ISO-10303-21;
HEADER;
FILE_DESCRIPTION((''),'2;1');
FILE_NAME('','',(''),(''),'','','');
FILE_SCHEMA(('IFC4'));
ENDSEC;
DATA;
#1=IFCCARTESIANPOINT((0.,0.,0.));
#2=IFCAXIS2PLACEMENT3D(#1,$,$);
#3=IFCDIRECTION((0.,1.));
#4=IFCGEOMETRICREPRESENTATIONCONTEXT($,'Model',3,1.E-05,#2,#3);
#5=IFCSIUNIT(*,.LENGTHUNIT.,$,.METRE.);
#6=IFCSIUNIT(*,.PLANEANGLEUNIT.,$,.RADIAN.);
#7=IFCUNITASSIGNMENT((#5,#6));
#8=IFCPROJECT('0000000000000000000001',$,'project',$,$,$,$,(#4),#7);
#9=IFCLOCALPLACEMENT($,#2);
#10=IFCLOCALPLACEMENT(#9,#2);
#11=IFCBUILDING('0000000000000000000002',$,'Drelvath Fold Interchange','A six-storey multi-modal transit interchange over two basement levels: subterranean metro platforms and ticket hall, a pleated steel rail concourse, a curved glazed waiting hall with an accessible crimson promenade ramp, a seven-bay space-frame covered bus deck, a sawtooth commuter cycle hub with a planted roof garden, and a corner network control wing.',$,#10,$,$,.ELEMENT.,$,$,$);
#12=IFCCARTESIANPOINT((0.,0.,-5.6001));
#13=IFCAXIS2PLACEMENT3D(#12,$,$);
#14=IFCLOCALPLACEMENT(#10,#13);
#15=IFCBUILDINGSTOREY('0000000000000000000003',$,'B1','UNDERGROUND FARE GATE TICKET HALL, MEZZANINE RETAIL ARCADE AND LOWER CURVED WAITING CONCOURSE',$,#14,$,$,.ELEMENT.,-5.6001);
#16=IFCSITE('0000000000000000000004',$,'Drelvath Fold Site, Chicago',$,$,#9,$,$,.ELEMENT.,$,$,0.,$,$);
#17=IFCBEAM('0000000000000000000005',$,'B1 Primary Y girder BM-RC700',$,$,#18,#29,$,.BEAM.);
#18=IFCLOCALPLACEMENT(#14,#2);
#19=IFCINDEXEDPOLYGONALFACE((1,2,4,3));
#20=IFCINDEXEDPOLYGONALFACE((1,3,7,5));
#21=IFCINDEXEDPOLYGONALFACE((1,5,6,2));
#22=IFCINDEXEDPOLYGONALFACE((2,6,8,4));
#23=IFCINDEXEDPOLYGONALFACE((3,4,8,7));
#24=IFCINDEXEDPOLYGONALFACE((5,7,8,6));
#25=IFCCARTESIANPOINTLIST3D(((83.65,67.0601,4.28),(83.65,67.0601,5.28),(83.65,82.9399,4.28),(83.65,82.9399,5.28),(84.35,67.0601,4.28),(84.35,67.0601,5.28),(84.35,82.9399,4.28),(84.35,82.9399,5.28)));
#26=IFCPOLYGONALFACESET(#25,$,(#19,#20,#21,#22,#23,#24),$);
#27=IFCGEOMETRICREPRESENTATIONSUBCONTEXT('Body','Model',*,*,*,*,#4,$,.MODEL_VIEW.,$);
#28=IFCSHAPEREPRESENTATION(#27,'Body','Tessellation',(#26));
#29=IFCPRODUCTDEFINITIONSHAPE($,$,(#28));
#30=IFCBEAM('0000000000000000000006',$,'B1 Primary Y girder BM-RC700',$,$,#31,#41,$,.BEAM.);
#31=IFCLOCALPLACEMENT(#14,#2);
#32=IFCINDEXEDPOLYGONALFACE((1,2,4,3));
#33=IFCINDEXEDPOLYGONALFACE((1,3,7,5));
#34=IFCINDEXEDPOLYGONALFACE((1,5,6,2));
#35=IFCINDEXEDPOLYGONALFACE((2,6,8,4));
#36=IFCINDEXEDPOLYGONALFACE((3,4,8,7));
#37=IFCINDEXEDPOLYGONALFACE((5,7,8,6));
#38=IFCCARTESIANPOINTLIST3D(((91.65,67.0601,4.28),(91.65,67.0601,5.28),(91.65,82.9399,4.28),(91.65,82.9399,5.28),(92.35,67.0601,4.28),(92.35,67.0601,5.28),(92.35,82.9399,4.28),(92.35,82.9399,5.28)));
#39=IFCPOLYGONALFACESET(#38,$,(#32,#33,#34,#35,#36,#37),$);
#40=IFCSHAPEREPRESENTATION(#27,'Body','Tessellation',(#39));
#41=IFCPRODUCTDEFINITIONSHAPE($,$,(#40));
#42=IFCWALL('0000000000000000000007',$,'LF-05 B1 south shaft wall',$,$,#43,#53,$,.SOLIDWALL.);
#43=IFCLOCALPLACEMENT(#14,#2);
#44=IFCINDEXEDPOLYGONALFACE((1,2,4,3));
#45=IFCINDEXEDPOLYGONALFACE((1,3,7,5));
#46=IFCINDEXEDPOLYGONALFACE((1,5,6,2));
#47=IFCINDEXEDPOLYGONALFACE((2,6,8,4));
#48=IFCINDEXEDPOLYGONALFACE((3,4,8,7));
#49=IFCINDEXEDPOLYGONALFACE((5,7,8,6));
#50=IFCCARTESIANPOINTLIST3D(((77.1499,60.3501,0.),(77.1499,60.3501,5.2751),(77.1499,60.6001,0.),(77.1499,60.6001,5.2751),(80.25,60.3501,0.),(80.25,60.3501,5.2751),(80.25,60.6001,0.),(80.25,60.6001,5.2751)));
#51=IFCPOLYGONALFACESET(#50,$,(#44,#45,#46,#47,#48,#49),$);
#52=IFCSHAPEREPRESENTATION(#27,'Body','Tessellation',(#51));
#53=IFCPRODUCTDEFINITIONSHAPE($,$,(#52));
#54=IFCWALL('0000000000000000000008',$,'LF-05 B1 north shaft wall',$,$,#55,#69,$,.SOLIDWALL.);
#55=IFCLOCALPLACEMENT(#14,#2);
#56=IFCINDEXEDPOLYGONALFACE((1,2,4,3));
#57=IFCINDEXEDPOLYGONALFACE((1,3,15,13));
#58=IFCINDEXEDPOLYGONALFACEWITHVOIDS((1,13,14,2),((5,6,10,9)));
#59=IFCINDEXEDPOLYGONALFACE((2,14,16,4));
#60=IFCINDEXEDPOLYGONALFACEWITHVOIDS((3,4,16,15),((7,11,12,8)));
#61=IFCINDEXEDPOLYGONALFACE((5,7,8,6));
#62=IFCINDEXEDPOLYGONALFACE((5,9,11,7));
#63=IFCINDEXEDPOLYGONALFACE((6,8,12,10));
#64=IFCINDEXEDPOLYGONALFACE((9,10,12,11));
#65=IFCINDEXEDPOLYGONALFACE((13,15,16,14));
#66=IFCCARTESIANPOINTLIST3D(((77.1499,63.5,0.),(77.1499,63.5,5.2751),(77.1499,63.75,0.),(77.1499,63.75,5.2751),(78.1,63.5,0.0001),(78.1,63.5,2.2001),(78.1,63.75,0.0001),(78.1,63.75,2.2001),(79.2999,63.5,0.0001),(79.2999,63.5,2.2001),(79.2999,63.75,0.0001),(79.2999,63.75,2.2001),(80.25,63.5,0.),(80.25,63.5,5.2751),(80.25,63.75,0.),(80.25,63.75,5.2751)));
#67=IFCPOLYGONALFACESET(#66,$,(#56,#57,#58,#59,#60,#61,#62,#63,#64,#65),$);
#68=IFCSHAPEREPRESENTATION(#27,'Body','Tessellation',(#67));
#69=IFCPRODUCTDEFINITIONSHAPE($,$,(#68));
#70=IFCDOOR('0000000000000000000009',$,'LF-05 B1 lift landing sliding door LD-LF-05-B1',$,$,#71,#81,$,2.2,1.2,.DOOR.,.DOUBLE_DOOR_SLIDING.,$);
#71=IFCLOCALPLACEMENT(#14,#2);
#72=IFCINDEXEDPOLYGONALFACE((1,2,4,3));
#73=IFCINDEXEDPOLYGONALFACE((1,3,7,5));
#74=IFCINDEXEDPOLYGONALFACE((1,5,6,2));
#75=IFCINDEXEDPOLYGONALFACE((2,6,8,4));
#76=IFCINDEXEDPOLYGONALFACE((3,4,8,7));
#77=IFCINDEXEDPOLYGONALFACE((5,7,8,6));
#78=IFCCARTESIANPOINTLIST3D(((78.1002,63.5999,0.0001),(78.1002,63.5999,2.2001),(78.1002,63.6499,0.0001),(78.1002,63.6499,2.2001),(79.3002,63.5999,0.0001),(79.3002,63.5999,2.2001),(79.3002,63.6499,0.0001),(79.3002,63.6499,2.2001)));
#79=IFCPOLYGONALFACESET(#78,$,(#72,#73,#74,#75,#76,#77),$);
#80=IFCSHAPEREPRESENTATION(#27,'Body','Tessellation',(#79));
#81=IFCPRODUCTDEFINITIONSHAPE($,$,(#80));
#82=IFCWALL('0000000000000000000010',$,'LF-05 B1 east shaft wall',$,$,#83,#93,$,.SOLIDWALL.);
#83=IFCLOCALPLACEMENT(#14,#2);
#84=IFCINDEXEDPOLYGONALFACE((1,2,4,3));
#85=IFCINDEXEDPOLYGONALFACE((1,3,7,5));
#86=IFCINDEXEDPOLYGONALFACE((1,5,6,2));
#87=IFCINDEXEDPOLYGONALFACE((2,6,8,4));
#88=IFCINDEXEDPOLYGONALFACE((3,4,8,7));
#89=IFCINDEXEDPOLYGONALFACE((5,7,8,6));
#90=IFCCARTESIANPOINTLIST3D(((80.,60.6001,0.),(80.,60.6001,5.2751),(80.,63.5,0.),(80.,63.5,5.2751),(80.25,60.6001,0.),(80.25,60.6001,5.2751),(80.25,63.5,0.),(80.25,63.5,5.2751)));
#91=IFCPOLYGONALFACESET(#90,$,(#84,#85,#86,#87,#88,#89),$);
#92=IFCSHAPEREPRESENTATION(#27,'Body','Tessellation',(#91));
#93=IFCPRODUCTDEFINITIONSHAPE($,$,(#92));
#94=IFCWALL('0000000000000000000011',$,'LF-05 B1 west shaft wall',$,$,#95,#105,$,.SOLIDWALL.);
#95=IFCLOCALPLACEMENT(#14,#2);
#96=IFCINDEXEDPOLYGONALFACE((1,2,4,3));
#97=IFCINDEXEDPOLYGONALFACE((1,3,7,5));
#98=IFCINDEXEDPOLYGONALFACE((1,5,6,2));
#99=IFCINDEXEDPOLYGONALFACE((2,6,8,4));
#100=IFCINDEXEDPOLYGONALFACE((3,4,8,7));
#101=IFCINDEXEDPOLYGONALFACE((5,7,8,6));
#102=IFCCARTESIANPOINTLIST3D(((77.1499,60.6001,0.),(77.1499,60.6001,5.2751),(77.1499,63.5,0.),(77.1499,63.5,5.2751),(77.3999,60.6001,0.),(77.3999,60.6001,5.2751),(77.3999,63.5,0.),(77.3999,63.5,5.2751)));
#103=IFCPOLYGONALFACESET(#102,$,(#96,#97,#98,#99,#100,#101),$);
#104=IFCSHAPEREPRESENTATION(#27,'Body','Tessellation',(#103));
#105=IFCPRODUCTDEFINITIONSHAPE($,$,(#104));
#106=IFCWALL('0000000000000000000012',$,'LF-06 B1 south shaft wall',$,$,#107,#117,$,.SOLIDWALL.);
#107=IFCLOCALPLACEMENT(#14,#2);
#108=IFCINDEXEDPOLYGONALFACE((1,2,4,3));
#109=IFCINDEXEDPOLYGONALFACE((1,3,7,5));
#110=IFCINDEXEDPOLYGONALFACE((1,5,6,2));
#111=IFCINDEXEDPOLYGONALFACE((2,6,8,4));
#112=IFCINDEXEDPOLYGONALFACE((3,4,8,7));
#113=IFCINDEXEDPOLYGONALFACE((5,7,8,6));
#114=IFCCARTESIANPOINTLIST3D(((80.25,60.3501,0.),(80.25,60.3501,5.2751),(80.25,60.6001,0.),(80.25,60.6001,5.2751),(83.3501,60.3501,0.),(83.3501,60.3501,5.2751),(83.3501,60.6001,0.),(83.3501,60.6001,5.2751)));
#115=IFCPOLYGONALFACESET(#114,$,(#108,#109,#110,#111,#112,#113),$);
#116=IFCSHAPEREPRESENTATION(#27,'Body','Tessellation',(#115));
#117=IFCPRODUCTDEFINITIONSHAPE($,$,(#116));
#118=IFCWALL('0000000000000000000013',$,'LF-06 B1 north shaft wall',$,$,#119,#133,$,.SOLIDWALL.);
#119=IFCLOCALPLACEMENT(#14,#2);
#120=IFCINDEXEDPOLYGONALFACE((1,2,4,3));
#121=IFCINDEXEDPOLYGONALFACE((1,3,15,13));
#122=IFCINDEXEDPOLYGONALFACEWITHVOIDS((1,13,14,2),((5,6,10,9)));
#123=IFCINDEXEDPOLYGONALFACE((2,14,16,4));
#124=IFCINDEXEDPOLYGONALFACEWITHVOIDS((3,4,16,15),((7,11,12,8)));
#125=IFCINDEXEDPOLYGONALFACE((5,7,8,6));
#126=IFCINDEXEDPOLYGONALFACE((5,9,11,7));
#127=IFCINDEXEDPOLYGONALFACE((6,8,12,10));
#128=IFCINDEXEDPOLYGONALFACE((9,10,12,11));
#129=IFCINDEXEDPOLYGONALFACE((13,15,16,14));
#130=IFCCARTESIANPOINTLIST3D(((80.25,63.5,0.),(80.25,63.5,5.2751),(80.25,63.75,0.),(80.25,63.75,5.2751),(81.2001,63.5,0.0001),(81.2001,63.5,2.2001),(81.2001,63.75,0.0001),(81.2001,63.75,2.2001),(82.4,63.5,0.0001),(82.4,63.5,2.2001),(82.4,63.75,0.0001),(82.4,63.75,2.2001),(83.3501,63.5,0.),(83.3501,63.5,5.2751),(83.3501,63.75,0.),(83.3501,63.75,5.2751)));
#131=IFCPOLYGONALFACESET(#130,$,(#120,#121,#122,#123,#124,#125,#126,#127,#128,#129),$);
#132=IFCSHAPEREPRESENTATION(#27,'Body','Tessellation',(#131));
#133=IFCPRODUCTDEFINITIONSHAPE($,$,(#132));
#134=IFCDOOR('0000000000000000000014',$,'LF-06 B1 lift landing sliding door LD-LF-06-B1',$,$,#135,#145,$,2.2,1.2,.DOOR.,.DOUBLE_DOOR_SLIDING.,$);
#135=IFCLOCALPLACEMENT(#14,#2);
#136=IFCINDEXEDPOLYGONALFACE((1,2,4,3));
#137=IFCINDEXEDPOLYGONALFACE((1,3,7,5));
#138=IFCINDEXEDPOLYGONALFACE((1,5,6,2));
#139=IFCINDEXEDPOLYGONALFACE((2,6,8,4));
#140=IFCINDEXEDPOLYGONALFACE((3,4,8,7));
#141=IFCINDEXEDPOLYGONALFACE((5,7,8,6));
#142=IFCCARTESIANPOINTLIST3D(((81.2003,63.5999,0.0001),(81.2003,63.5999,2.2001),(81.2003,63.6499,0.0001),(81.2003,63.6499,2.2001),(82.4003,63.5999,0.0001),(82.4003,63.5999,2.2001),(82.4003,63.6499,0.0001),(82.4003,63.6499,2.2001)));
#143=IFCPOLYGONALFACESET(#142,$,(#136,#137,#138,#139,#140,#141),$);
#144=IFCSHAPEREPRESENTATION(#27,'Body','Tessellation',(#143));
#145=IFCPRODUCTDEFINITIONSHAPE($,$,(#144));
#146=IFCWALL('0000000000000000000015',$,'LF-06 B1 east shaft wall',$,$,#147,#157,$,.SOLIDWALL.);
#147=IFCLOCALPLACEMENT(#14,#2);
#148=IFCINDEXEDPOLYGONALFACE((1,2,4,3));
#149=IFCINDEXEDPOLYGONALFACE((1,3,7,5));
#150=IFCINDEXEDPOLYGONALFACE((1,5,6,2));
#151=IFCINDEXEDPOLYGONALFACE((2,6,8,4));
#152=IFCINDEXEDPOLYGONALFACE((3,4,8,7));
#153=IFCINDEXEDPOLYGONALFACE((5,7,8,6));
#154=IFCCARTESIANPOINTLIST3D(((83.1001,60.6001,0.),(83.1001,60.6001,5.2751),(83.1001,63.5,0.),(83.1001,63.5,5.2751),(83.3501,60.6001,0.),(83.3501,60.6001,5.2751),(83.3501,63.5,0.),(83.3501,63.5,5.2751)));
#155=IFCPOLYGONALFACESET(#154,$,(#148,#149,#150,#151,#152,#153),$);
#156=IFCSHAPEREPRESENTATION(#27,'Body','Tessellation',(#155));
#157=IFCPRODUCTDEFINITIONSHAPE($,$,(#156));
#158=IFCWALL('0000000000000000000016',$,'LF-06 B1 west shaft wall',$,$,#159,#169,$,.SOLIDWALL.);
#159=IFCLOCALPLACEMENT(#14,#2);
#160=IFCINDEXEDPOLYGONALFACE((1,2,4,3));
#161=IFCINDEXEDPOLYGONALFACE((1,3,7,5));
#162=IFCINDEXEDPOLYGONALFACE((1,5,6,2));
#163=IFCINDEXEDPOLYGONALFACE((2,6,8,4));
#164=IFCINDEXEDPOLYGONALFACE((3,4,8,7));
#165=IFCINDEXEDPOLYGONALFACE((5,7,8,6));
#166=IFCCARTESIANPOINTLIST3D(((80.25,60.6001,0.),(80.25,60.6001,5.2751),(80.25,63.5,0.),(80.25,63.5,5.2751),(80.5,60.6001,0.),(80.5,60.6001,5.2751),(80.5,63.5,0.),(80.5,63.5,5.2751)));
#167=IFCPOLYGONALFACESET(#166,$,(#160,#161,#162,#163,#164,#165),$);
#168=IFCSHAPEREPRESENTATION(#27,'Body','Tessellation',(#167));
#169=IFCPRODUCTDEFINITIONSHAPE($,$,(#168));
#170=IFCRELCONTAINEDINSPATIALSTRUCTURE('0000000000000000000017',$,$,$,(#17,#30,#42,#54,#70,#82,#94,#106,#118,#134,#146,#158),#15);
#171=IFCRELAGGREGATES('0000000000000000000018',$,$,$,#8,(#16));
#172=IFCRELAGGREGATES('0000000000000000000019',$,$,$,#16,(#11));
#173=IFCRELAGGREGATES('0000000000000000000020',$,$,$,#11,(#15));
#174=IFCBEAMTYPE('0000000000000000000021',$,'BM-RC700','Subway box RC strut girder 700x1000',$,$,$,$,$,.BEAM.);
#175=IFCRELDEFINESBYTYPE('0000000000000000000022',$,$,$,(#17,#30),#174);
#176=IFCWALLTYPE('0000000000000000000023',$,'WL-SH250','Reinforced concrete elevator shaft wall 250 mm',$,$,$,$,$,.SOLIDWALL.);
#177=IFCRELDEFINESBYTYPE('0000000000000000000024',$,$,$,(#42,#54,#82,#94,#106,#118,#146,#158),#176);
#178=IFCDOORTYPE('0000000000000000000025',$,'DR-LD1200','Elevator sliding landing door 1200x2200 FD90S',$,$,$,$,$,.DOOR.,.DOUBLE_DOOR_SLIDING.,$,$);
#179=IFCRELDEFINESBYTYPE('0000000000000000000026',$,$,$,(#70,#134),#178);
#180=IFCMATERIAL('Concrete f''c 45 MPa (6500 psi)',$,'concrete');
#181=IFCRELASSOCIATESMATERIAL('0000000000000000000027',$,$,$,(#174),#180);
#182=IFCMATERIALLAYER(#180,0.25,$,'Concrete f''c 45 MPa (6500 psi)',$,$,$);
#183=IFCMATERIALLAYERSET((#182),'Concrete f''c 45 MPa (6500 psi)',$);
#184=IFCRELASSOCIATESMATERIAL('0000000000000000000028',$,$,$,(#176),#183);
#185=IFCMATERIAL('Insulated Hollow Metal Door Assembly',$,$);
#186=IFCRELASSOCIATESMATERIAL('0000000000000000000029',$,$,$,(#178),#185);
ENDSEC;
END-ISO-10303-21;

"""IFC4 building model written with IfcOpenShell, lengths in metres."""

from ifc_helpers import new_model, si_unit, direction, frame, frame_2d, origin, origin_2d, place, context, subcontext, project, spatial, rectangle, extrude, material, layer, layer_set, material_profile, profile_set, type_object, element, fill, save


model = new_model("IFC4")

# Units and contexts
model_context = context("Model", 3, precision=1e-05, world=origin(), true_north=direction((0.0, 1.0)))
body_context = subcontext(model_context, "Body", "Model", "MODEL_VIEW")
ifc_project = project(units=[si_unit("LENGTHUNIT", "METRE"), si_unit("PLANEANGLEUNIT", "RADIAN")], contexts=[model_context])

# Site, building, storey
site_placement = place(None, origin())
site = spatial("IfcSite", under=ifc_project, at=site_placement, Name="Drelvath Fold Site, Chicago", CompositionType="ELEMENT", RefElevation=0.0)
building_placement = place(site_placement, origin())
building = spatial("IfcBuilding", under=site, at=building_placement, Name="Drelvath Fold Interchange", Description="A six-storey multi-modal transit interchange over two basement levels: subterranean metro platforms and ticket hall, a pleated steel rail concourse, a curved glazed waiting hall with an accessible crimson promenade ramp, a seven-bay space-frame covered bus deck, a sawtooth commuter cycle hub with a planted roof garden, and a corner network control wing.", CompositionType="ELEMENT")
storey_placement = place(building_placement, frame((0.0, 0.0, -5.6001)))
storey = spatial("IfcBuildingStorey", under=building, at=storey_placement, Name="B1", Description="UNDERGROUND FARE GATE TICKET HALL, MEZZANINE RETAIL ARCADE AND LOWER CURVED WAITING CONCOURSE", CompositionType="ELEMENT", Elevation=-5.6001)

# Beams
ifc_material_1 = material(Name="Concrete f'c 45 MPa (6500 psi)", Category="concrete")
ifc_material_profile_1 = material_profile(ifc_material_1, rectangle(XDim=0.7, YDim=1.0, at=origin_2d()), Name="RC 700x1000")
ifc_profile_set_1 = profile_set([ifc_material_profile_1], Name="Concrete f'c 45 MPa (6500 psi)")
beam_type_1 = type_object("IfcBeamType", Name="BM-RC700", Description="Subway box RC strut girder 700x1000", PredefinedType="BEAM", material=ifc_profile_set_1)
for number, where, z_axis, x_axis, name in (
    (1, (84.0, 67.0601, 4.78), (0.0, 1.0, 0.0), (-1.0, 0.0, 0.0), "B1 Primary Y girder BM-RC700"),
    (2, (92.0, 67.0601, 4.78), (0.0, 1.0, 0.0), (-1.0, 0.0, 0.0), "B1 Primary Y girder BM-RC700"),
):
    element("IfcBeam", number, at=place(storey_placement, frame(where, z_axis=z_axis, x_axis=x_axis)), inside=storey, type_object=beam_type_1, Name=name, PredefinedType="BEAM", context=body_context, shape_type="SweptSolid", body=[
        extrude(rectangle(XDim=0.7, YDim=1.0, at=origin_2d()), origin(), (0.0, 0.0, 1.0), 15.8799),
    ])

# Wall
ifc_layer = layer(ifc_material_1, 0.25, Name="Concrete f'c 45 MPa (6500 psi)")
ifc_layer_set = layer_set([ifc_layer], Name="Concrete f'c 45 MPa (6500 psi)")
wall_type = type_object("IfcWallType", Name="WL-SH250", Description="Reinforced concrete elevator shaft wall 250 mm", PredefinedType="SOLIDWALL", material=ifc_layer_set)
wall_1_placement = place(storey_placement, frame((77.1499, 60.4751, 0.0), z_axis=(0.0, 0.0, 1.0), x_axis=(1.0, 0.0, 0.0)))
element("IfcWall", 3, at=wall_1_placement, inside=storey, type_object=wall_type, Name="LF-05 B1 south shaft wall", PredefinedType="SOLIDWALL", context=body_context, shape_type="SweptSolid", body=[
    extrude(rectangle(XDim=3.1001, YDim=0.25, at=frame_2d((1.55, 0.0))), origin(), (0.0, 0.0, 1.0), 5.2751),
])

# Wall, opening, door
wall_2_placement = place(storey_placement, frame((80.25, 63.625, 0.0), z_axis=(0.0, 0.0, 1.0), x_axis=(-1.0, 0.0, 0.0)))
wall_2 = element("IfcWall", 4, at=wall_2_placement, inside=storey, type_object=wall_type, Name="LF-05 B1 north shaft wall", PredefinedType="SOLIDWALL", context=body_context, shape_type="SweptSolid", body=[
    extrude(rectangle(XDim=3.1001, YDim=0.25, at=frame_2d((1.55, 0.0))), origin(), (0.0, 0.0, 1.0), 5.2751),
])
opening_1_placement = place(wall_2_placement, frame((0.95, 0.0, 0.0)))
opening_1 = element("IfcOpeningElement", 5, at=opening_1_placement, cuts=wall_2, PredefinedType="OPENING", context=body_context, shape_type="SweptSolid", body=[
    extrude(rectangle(XDim=1.2, YDim=2.2, at=frame_2d((0.6001, 1.1001))), frame((0.0, 0.135, 0.0), z_axis=(0.0, -1.0, 0.0), x_axis=(1.0, 0.0, 0.0)), (0.0, 0.0, 1.0), 0.27),
])
ifc_material_2 = material(Name="Insulated Hollow Metal Door Assembly")
door_type = type_object("IfcDoorType", Name="DR-LD1200", Description="Elevator sliding landing door 1200x2200 FD90S", OperationType="DOUBLE_DOOR_SLIDING", PredefinedType="DOOR", material=ifc_material_2)
door_1_placement = place(opening_1_placement, frame((1.2, 0.0, 0.0), z_axis=(0.0, 0.0, 1.0), x_axis=(-1.0, 0.0, 0.0)))
door_1 = element("IfcDoor", 6, at=door_1_placement, inside=storey, type_object=door_type, Name="LF-05 B1 lift landing sliding door LD-LF-05-B1", OperationType="DOUBLE_DOOR_SLIDING", OverallHeight=2.2, OverallWidth=1.2, PredefinedType="DOOR", context=body_context, shape_type="SweptSolid", body=[
    extrude(rectangle(XDim=1.2, YDim=2.2, at=frame_2d((0.6001, 1.1001))), frame((0.0, 0.0249, 0.0), z_axis=(0.0, -1.0, 0.0), x_axis=(1.0, 0.0, 0.0)), (0.0, 0.0, 1.0), 0.05),
])
fill(opening_1, door_1)

# Walls
for number, where, z_axis, x_axis, name in (
    (7, (80.125, 60.6001, 0.0), (0.0, 0.0, 1.0), (0.0, 1.0, 0.0), "LF-05 B1 east shaft wall"),
    (8, (77.2749, 63.5, 0.0), (0.0, 0.0, 1.0), (0.0, -1.0, 0.0), "LF-05 B1 west shaft wall"),
):
    element("IfcWall", number, at=place(storey_placement, frame(where, z_axis=z_axis, x_axis=x_axis)), inside=storey, type_object=wall_type, Name=name, PredefinedType="SOLIDWALL", context=body_context, shape_type="SweptSolid", body=[
        extrude(rectangle(XDim=2.8999, YDim=0.25, at=frame_2d((1.45, 0.0))), origin(), (0.0, 0.0, 1.0), 5.2751),
    ])
wall_3_placement = place(storey_placement, frame((80.25, 60.4751, 0.0), z_axis=(0.0, 0.0, 1.0), x_axis=(1.0, 0.0, 0.0)))
element("IfcWall", 9, at=wall_3_placement, inside=storey, type_object=wall_type, Name="LF-06 B1 south shaft wall", PredefinedType="SOLIDWALL", context=body_context, shape_type="SweptSolid", body=[
    extrude(rectangle(XDim=3.1001, YDim=0.25, at=frame_2d((1.55, 0.0))), origin(), (0.0, 0.0, 1.0), 5.2751),
])

# Wall, opening, door
wall_4_placement = place(storey_placement, frame((83.3501, 63.625, 0.0), z_axis=(0.0, 0.0, 1.0), x_axis=(-1.0, 0.0, 0.0)))
wall_4 = element("IfcWall", 10, at=wall_4_placement, inside=storey, type_object=wall_type, Name="LF-06 B1 north shaft wall", PredefinedType="SOLIDWALL", context=body_context, shape_type="SweptSolid", body=[
    extrude(rectangle(XDim=3.1001, YDim=0.25, at=frame_2d((1.55, 0.0))), origin(), (0.0, 0.0, 1.0), 5.2751),
])
opening_2_placement = place(wall_4_placement, frame((0.95, 0.0, 0.0)))
opening_2 = element("IfcOpeningElement", 11, at=opening_2_placement, cuts=wall_4, PredefinedType="OPENING", context=body_context, shape_type="SweptSolid", body=[
    extrude(rectangle(XDim=1.2, YDim=2.2, at=frame_2d((0.6001, 1.1001))), frame((0.0, 0.135, 0.0), z_axis=(0.0, -1.0, 0.0), x_axis=(1.0, 0.0, 0.0)), (0.0, 0.0, 1.0), 0.27),
])
door_2_placement = place(opening_2_placement, frame((1.2, 0.0, 0.0), z_axis=(0.0, 0.0, 1.0), x_axis=(-1.0, 0.0, 0.0)))
door_2 = element("IfcDoor", 12, at=door_2_placement, inside=storey, type_object=door_type, Name="LF-06 B1 lift landing sliding door LD-LF-06-B1", OperationType="DOUBLE_DOOR_SLIDING", OverallHeight=2.2, OverallWidth=1.2, PredefinedType="DOOR", context=body_context, shape_type="SweptSolid", body=[
    extrude(rectangle(XDim=1.2, YDim=2.2, at=frame_2d((0.6001, 1.1001))), frame((0.0, 0.0249, 0.0), z_axis=(0.0, -1.0, 0.0), x_axis=(1.0, 0.0, 0.0)), (0.0, 0.0, 1.0), 0.05),
])
fill(opening_2, door_2)

# Walls
for number, where, z_axis, x_axis, name in (
    (13, (83.2251, 60.6001, 0.0), (0.0, 0.0, 1.0), (0.0, 1.0, 0.0), "LF-06 B1 east shaft wall"),
    (14, (80.375, 63.5, 0.0), (0.0, 0.0, 1.0), (0.0, -1.0, 0.0), "LF-06 B1 west shaft wall"),
):
    element("IfcWall", number, at=place(storey_placement, frame(where, z_axis=z_axis, x_axis=x_axis)), inside=storey, type_object=wall_type, Name=name, PredefinedType="SOLIDWALL", context=body_context, shape_type="SweptSolid", body=[
        extrude(rectangle(XDim=2.8999, YDim=0.25, at=frame_2d((1.45, 0.0))), origin(), (0.0, 0.0, 1.0), 5.2751),
    ])

save(model, "model.ifc")
